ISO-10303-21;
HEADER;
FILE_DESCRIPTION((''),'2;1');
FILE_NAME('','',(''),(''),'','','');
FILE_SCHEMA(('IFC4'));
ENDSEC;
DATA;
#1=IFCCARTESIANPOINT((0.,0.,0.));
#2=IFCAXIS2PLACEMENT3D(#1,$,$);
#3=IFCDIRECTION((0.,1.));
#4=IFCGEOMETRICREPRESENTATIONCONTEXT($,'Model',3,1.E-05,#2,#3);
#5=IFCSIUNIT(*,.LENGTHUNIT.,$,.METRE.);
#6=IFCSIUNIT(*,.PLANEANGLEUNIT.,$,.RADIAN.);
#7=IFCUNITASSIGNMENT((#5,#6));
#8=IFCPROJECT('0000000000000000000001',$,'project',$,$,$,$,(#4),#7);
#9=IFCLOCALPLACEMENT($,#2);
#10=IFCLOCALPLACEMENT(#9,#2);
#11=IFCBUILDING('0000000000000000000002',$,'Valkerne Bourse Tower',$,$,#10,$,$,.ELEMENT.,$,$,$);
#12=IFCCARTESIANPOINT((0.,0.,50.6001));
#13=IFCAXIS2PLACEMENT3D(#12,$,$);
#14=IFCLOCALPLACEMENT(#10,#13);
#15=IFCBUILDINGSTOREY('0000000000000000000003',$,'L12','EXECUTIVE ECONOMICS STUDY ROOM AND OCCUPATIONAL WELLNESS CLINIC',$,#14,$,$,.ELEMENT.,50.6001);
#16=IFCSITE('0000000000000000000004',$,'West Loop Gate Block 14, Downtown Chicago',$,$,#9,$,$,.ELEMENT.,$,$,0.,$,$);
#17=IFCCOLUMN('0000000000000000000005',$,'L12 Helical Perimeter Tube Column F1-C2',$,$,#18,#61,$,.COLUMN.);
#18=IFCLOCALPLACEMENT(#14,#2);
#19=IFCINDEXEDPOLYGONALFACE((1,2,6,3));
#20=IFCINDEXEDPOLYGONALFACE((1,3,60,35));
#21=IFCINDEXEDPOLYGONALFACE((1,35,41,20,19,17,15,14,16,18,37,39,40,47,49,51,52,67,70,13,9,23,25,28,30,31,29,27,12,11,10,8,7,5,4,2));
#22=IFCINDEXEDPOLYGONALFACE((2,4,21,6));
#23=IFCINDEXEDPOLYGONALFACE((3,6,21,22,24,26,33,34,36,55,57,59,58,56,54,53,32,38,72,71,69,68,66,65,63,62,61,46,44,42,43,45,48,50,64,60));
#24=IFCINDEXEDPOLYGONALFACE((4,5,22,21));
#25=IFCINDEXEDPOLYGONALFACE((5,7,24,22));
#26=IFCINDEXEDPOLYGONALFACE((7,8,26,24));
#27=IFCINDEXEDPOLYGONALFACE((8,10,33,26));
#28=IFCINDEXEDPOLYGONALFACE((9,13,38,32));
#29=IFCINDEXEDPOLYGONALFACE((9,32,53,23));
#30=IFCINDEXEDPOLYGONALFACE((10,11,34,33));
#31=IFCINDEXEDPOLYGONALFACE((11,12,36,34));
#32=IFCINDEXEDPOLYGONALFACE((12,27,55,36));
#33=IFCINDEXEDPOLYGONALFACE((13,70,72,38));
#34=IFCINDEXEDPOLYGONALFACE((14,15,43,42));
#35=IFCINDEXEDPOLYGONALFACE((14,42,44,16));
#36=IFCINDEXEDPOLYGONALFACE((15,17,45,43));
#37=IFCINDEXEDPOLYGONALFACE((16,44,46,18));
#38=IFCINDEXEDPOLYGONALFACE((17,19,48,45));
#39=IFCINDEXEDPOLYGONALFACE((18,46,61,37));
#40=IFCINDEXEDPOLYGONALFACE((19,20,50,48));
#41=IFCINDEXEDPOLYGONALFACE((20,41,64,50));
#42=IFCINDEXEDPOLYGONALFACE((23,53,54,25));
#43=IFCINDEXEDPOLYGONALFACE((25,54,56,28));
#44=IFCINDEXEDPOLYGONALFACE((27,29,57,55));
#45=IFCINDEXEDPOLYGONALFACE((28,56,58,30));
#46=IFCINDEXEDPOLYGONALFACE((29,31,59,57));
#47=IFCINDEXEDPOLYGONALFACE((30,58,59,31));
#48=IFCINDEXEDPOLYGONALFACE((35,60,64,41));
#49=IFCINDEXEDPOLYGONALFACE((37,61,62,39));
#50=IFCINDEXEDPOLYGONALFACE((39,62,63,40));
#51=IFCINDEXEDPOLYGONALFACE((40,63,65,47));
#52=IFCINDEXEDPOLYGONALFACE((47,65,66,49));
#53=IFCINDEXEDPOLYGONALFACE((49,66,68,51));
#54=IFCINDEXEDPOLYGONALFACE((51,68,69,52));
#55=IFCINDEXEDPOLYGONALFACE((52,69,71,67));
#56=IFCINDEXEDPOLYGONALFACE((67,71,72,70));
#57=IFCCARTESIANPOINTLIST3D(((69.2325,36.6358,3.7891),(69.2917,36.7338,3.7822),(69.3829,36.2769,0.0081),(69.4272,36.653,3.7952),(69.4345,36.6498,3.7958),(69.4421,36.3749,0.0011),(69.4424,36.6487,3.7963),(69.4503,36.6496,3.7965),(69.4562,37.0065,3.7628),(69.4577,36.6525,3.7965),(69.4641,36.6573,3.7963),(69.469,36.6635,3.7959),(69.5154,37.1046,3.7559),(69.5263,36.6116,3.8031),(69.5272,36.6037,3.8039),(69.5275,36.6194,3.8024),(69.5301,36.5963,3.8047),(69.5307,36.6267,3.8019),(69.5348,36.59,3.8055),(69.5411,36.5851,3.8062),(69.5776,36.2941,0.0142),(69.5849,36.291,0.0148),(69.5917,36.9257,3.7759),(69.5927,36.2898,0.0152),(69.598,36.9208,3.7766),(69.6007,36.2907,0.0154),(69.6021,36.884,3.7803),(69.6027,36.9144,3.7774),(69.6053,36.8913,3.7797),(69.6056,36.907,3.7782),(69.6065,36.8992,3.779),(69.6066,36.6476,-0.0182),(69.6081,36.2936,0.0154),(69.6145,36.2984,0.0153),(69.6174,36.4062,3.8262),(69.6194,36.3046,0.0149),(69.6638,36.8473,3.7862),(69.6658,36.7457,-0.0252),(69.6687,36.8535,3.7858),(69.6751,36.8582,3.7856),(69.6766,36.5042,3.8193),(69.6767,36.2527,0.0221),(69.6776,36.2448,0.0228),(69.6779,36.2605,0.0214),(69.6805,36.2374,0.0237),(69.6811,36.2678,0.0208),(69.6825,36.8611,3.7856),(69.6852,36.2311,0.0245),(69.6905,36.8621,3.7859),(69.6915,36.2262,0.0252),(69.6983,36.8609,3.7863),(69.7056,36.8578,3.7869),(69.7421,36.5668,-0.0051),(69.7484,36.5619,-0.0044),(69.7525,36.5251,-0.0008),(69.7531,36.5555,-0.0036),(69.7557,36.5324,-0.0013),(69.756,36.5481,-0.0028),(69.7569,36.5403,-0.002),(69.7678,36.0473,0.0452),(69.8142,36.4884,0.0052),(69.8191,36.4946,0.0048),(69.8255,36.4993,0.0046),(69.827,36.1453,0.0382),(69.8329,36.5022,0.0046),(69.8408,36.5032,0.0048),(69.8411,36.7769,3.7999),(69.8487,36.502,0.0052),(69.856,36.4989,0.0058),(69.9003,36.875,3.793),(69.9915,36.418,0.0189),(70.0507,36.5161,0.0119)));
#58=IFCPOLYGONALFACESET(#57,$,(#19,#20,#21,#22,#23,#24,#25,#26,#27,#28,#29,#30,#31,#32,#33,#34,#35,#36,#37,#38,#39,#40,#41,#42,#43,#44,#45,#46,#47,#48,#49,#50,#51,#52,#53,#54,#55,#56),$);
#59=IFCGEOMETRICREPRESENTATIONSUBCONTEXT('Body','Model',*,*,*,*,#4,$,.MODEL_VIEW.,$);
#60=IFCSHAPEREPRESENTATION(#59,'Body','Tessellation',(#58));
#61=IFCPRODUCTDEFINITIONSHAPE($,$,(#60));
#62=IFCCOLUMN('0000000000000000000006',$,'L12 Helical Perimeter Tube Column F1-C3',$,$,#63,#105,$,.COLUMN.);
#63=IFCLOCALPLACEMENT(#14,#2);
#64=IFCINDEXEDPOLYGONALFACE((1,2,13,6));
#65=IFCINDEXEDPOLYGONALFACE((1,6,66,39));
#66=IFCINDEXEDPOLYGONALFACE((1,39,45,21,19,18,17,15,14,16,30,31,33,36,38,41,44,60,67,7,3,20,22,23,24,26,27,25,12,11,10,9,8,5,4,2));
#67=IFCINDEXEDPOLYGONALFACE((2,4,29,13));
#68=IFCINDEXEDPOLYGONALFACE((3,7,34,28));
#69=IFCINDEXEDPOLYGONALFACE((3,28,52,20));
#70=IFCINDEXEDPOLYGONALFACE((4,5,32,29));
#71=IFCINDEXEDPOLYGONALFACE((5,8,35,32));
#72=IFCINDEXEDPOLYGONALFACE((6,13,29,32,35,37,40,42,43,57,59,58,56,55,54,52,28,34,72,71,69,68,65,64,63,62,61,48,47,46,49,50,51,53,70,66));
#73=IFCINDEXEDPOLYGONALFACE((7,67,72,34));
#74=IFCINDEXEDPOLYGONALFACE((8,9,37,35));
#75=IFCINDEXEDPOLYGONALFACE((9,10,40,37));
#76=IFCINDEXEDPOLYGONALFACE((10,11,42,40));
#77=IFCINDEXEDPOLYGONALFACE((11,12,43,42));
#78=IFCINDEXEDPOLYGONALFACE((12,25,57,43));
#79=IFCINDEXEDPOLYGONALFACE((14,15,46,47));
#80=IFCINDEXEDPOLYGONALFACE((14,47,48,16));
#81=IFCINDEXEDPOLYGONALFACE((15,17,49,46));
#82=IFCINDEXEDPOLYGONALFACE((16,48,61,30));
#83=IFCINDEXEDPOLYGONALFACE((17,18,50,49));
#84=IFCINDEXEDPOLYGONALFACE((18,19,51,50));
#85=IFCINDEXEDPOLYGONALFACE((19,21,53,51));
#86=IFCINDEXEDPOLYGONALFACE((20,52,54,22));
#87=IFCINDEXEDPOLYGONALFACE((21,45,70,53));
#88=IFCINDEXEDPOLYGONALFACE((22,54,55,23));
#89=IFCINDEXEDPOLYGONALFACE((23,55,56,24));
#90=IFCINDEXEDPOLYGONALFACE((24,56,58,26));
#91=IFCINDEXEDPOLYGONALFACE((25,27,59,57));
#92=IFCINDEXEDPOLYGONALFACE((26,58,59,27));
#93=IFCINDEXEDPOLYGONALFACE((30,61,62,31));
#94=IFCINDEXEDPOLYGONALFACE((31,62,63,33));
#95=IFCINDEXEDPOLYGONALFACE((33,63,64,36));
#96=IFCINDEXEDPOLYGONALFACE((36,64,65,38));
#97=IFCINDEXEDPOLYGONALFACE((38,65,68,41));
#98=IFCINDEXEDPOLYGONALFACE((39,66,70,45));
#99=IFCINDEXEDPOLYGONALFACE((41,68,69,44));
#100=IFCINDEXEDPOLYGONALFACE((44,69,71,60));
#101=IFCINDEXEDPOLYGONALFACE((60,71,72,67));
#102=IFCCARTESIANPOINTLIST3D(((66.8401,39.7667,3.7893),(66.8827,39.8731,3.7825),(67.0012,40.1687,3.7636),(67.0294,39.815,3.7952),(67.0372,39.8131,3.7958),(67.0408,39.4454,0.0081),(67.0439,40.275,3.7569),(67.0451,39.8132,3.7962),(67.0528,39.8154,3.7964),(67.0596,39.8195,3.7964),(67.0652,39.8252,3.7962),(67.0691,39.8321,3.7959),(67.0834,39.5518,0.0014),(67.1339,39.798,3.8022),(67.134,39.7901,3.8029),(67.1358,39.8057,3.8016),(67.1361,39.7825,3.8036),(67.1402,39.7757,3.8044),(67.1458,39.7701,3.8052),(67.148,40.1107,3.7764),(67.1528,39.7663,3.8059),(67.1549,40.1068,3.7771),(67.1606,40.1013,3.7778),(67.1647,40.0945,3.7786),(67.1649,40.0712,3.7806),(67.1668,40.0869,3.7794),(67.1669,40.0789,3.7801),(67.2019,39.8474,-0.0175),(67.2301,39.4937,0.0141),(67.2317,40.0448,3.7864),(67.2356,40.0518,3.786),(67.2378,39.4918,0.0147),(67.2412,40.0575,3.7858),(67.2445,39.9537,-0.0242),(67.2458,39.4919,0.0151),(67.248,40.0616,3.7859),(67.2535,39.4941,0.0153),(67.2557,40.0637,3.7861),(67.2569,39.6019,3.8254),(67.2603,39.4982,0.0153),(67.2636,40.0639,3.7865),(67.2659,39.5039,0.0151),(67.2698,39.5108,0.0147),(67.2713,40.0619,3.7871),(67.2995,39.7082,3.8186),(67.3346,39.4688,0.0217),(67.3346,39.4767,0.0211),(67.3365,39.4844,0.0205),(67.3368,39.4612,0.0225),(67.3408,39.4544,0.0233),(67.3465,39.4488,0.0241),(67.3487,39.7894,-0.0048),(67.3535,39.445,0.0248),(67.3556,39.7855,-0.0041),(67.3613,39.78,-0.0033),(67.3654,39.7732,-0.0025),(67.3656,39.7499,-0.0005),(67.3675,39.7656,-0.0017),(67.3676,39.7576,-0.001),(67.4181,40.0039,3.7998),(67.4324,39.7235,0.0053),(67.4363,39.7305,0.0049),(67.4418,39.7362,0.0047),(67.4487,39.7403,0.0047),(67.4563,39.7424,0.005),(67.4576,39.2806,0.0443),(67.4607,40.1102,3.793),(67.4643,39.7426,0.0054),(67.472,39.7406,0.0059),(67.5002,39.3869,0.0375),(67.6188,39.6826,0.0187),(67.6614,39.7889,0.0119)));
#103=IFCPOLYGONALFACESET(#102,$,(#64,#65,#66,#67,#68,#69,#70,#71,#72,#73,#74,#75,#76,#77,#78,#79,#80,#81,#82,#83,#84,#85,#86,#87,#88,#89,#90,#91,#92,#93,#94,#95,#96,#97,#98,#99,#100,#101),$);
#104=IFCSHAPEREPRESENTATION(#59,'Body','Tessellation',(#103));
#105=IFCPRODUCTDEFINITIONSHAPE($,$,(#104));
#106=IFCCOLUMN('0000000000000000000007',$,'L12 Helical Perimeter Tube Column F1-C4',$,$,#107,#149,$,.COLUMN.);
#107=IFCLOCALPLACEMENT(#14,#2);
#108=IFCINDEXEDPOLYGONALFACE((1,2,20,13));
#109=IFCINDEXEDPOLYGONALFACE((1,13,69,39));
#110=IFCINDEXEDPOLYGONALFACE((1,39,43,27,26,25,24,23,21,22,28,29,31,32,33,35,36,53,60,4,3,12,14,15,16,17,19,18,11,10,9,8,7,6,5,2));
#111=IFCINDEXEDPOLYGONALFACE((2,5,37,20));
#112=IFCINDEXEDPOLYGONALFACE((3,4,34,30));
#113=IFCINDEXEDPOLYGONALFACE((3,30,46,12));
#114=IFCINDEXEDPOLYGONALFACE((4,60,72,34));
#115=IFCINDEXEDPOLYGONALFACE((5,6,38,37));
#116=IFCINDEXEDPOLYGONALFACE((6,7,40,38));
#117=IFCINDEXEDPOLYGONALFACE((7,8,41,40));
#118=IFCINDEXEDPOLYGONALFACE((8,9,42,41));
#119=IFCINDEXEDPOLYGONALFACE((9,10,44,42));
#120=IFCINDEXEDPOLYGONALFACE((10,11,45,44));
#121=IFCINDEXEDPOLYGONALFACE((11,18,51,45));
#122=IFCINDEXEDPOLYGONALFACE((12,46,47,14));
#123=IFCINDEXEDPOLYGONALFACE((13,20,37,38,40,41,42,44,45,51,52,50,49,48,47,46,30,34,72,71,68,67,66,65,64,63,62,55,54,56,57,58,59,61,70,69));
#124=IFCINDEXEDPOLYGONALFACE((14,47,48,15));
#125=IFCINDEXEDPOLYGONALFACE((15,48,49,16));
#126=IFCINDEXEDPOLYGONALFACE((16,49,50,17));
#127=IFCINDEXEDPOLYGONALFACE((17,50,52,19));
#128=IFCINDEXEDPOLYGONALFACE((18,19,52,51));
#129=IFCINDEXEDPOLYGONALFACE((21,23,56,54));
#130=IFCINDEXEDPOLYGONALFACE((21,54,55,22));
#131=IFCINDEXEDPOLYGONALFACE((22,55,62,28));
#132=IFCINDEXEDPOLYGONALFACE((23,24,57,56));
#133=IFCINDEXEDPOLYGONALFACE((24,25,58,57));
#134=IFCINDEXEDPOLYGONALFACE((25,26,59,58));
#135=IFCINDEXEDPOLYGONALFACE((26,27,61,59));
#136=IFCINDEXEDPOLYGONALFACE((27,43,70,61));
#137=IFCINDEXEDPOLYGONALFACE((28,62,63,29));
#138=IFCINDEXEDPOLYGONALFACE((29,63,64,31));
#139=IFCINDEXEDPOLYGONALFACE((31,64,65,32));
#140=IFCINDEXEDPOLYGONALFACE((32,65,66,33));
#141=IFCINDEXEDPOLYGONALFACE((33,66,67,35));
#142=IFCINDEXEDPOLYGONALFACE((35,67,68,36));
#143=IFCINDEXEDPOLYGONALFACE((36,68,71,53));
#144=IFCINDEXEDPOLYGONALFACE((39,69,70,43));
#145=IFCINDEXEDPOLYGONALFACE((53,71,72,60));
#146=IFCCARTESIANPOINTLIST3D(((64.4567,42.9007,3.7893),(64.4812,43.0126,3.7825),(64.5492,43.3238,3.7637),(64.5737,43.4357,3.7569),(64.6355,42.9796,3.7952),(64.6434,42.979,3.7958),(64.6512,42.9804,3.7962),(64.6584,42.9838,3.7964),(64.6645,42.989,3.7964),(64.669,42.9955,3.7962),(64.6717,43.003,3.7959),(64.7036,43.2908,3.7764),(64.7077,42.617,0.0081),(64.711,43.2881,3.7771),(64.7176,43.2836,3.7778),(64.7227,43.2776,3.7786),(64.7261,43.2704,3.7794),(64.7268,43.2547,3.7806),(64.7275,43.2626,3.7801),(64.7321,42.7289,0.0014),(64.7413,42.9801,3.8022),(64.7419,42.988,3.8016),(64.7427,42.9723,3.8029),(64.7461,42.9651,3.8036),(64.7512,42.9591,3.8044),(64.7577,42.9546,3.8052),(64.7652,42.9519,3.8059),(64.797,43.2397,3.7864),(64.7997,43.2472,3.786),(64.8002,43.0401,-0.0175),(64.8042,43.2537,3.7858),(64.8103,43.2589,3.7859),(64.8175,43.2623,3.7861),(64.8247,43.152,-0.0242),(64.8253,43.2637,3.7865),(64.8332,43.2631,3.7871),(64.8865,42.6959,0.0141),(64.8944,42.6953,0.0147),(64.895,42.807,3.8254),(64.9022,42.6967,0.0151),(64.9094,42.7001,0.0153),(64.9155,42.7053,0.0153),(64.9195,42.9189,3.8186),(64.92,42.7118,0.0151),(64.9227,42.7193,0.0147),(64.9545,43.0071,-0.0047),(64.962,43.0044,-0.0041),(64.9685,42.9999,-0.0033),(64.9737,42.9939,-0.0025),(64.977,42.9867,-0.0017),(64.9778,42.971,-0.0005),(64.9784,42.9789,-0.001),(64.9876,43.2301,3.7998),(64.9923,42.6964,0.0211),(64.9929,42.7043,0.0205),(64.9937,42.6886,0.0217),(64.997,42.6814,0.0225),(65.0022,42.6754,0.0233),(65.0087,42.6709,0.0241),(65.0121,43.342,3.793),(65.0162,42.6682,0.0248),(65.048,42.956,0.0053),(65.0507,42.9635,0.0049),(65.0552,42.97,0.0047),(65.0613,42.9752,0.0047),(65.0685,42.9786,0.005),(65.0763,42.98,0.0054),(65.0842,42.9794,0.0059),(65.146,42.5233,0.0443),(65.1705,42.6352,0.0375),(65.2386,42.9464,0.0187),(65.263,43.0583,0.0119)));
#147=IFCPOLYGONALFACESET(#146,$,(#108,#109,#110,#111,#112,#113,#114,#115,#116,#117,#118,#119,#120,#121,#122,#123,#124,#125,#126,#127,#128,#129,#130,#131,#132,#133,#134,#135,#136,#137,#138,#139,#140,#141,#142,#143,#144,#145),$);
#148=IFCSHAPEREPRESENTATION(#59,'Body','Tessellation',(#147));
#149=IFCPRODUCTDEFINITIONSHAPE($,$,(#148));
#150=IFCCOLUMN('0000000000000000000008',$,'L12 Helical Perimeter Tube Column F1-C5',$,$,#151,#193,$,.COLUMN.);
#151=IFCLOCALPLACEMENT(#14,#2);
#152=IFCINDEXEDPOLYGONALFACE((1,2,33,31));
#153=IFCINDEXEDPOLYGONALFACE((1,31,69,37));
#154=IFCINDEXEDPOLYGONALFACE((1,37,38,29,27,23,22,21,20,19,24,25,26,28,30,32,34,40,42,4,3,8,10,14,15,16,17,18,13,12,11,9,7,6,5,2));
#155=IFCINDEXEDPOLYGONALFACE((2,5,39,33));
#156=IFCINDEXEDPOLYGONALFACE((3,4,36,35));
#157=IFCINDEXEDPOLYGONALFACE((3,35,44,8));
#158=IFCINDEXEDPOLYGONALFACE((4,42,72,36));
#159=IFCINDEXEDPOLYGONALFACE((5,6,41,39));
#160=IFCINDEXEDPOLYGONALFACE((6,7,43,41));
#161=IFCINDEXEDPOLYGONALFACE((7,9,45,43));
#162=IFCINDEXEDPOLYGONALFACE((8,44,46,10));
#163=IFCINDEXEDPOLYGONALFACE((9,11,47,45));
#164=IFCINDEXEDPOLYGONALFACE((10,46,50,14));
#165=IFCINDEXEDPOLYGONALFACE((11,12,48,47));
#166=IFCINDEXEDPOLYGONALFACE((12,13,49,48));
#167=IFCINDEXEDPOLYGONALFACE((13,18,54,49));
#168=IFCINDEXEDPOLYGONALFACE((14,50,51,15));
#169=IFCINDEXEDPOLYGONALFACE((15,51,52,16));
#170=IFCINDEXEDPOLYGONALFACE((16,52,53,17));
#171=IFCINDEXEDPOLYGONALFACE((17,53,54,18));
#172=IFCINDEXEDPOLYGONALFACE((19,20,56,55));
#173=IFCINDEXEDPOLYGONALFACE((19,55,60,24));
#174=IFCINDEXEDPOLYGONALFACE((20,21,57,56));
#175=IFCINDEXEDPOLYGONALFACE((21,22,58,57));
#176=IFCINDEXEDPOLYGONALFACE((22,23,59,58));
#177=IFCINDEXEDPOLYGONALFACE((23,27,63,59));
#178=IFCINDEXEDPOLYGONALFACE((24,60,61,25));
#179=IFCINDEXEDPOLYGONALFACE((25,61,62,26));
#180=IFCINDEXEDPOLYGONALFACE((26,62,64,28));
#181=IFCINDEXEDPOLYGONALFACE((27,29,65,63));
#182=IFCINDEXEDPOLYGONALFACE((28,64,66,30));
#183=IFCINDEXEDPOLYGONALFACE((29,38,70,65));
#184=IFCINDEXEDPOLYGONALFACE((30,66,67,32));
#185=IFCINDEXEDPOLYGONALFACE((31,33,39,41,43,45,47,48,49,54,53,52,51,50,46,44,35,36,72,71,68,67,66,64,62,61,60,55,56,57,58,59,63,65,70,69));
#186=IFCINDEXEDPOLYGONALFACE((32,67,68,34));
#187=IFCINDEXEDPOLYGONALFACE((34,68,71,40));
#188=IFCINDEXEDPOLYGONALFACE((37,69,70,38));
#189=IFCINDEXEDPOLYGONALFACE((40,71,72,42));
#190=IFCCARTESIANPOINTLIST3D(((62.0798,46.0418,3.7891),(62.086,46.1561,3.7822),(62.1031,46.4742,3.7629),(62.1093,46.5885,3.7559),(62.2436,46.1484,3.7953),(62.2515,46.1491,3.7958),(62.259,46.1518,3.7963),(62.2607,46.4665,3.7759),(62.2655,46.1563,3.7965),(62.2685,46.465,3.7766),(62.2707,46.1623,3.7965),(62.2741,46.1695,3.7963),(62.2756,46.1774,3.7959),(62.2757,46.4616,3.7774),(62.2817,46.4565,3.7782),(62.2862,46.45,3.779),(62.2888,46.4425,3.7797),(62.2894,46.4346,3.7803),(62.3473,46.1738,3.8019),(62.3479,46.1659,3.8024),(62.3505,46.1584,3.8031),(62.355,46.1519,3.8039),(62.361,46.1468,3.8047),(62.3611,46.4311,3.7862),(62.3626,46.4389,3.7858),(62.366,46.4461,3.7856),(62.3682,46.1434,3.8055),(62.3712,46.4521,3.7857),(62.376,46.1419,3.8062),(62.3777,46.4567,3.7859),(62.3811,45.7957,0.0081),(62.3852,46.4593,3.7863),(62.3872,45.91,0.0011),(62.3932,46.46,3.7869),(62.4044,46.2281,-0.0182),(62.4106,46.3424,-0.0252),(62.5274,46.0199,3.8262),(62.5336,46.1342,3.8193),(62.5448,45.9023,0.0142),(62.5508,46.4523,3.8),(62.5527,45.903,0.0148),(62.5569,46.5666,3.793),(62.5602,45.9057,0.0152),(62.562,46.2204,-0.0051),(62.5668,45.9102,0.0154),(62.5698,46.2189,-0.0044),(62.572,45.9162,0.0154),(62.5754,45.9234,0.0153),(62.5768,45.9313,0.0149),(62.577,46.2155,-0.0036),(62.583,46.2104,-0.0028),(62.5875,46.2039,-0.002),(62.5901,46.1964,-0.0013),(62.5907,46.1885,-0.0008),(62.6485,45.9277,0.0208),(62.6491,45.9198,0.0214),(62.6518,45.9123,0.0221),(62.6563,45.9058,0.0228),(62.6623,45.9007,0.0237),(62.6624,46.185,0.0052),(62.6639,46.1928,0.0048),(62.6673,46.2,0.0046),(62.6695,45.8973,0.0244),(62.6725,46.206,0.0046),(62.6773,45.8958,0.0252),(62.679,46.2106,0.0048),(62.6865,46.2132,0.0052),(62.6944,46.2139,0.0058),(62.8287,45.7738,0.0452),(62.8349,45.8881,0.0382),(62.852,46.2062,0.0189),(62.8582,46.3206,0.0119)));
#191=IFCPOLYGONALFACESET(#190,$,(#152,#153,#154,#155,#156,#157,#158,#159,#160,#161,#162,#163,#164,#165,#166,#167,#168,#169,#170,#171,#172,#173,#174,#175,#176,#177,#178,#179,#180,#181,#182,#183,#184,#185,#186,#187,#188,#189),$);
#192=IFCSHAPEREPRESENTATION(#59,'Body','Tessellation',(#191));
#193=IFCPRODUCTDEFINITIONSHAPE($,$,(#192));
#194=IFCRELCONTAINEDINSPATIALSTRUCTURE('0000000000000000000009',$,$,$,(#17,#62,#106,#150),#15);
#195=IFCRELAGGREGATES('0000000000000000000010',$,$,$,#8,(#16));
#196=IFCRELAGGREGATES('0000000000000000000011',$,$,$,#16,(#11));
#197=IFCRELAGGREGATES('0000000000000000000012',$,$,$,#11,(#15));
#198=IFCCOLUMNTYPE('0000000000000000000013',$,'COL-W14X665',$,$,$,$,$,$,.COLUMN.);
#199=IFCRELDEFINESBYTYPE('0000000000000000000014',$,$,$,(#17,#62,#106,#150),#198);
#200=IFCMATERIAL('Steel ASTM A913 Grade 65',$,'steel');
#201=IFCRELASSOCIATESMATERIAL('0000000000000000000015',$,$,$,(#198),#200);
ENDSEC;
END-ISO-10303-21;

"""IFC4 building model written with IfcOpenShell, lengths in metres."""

from ifc_helpers import new_model, si_unit, direction, frame, origin, origin_2d, place, context, subcontext, project, spatial, i_section, extrude, material, material_profile, profile_set, type_object, element, save


model = new_model("IFC4")

# Units and contexts
model_context = context("Model", 3, precision=1e-05, world=origin(), true_north=direction((0.0, 1.0)))
body_context = subcontext(model_context, "Body", "Model", "MODEL_VIEW")
ifc_project = project(units=[si_unit("LENGTHUNIT", "METRE"), si_unit("PLANEANGLEUNIT", "RADIAN")], contexts=[model_context])

# Site, building, storey
site_placement = place(None, origin())
site = spatial("IfcSite", under=ifc_project, at=site_placement, Name="West Loop Gate Block 14, Downtown Chicago", CompositionType="ELEMENT", RefElevation=0.0)
building_placement = place(site_placement, origin())
building = spatial("IfcBuilding", under=site, at=building_placement, Name="Valkerne Bourse Tower", CompositionType="ELEMENT")
storey_placement = place(building_placement, frame((0.0, 0.0, 50.6001)))
storey = spatial("IfcBuildingStorey", under=building, at=storey_placement, Name="L12", Description="EXECUTIVE ECONOMICS STUDY ROOM AND OCCUPATIONAL WELLNESS CLINIC", CompositionType="ELEMENT", Elevation=50.6001)

# Columns
ifc_material_1 = material(Name="Steel ASTM A913 Grade 65", Category="steel")
ifc_material_profile_1 = material_profile(ifc_material_1, i_section(OverallWidth=0.4497, OverallDepth=0.5486, WebThickness=0.072, FlangeThickness=0.1147, FilletRadius=0.0305, at=origin_2d()), Name="W14X665")
ifc_profile_set_1 = profile_set([ifc_material_profile_1], Name="Steel ASTM A913 Grade 65")
column_type = type_object("IfcColumnType", Name="COL-W14X665", PredefinedType="COLUMN", material=ifc_profile_set_1)
column_1_placement = place(storey_placement, frame((69.7168, 36.3965, 0.01), z_axis=(-0.039566, 0.09442, 0.994746), x_axis=(0.855854, -0.510594, 0.082507)))
element("IfcColumn", 1, at=column_1_placement, inside=storey, type_object=column_type, Name="L12 Helical Perimeter Tube Column F1-C2", PredefinedType="COLUMN", context=body_context, shape_type="SweptSolid", body=[
    extrude(i_section(OverallWidth=0.4497, OverallDepth=0.5486, WebThickness=0.072, FlangeThickness=0.1147, FilletRadius=0.0305, at=origin_2d()), origin(), (0.0, 0.0, 1.0), 3.801),
])
for number, where, z_axis, x_axis, name in (
    (2, (67.3511, 39.6172, 0.01), (-0.052812, 0.084551, 0.995019), (0.926939, -0.366508, 0.080343), "L12 Helical Perimeter Tube Column F1-C3"),
    (3, (64.9854, 42.8376, 0.01), (-0.066048, 0.074657, 0.99502), (0.974751, -0.208342, 0.080334), "L12 Helical Perimeter Tube Column F1-C4"),
):
    element("IfcColumn", number, at=place(storey_placement, frame(where, z_axis=z_axis, x_axis=x_axis)), inside=storey, type_object=column_type, Name=name, PredefinedType="COLUMN", context=body_context, shape_type="SweptSolid", body=[
        extrude(i_section(OverallWidth=0.4497, OverallDepth=0.5486, WebThickness=0.072, FlangeThickness=0.1147, FilletRadius=0.0305, at=origin_2d()), origin(), (0.0, 0.0, 1.0), 3.8),
    ])
column_2_placement = place(storey_placement, frame((62.6196, 46.0581, 0.01), z_axis=(-0.079261, 0.064745, 0.994749), x_axis=(0.995403, -0.04868, 0.082482)))
element("IfcColumn", 4, at=column_2_placement, inside=storey, type_object=column_type, Name="L12 Helical Perimeter Tube Column F1-C5", PredefinedType="COLUMN", context=body_context, shape_type="SweptSolid", body=[
    extrude(i_section(OverallWidth=0.4497, OverallDepth=0.5486, WebThickness=0.072, FlangeThickness=0.1147, FilletRadius=0.0305, at=origin_2d()), origin(), (0.0, 0.0, 1.0), 3.801),
])

save(model, "model.ifc")
